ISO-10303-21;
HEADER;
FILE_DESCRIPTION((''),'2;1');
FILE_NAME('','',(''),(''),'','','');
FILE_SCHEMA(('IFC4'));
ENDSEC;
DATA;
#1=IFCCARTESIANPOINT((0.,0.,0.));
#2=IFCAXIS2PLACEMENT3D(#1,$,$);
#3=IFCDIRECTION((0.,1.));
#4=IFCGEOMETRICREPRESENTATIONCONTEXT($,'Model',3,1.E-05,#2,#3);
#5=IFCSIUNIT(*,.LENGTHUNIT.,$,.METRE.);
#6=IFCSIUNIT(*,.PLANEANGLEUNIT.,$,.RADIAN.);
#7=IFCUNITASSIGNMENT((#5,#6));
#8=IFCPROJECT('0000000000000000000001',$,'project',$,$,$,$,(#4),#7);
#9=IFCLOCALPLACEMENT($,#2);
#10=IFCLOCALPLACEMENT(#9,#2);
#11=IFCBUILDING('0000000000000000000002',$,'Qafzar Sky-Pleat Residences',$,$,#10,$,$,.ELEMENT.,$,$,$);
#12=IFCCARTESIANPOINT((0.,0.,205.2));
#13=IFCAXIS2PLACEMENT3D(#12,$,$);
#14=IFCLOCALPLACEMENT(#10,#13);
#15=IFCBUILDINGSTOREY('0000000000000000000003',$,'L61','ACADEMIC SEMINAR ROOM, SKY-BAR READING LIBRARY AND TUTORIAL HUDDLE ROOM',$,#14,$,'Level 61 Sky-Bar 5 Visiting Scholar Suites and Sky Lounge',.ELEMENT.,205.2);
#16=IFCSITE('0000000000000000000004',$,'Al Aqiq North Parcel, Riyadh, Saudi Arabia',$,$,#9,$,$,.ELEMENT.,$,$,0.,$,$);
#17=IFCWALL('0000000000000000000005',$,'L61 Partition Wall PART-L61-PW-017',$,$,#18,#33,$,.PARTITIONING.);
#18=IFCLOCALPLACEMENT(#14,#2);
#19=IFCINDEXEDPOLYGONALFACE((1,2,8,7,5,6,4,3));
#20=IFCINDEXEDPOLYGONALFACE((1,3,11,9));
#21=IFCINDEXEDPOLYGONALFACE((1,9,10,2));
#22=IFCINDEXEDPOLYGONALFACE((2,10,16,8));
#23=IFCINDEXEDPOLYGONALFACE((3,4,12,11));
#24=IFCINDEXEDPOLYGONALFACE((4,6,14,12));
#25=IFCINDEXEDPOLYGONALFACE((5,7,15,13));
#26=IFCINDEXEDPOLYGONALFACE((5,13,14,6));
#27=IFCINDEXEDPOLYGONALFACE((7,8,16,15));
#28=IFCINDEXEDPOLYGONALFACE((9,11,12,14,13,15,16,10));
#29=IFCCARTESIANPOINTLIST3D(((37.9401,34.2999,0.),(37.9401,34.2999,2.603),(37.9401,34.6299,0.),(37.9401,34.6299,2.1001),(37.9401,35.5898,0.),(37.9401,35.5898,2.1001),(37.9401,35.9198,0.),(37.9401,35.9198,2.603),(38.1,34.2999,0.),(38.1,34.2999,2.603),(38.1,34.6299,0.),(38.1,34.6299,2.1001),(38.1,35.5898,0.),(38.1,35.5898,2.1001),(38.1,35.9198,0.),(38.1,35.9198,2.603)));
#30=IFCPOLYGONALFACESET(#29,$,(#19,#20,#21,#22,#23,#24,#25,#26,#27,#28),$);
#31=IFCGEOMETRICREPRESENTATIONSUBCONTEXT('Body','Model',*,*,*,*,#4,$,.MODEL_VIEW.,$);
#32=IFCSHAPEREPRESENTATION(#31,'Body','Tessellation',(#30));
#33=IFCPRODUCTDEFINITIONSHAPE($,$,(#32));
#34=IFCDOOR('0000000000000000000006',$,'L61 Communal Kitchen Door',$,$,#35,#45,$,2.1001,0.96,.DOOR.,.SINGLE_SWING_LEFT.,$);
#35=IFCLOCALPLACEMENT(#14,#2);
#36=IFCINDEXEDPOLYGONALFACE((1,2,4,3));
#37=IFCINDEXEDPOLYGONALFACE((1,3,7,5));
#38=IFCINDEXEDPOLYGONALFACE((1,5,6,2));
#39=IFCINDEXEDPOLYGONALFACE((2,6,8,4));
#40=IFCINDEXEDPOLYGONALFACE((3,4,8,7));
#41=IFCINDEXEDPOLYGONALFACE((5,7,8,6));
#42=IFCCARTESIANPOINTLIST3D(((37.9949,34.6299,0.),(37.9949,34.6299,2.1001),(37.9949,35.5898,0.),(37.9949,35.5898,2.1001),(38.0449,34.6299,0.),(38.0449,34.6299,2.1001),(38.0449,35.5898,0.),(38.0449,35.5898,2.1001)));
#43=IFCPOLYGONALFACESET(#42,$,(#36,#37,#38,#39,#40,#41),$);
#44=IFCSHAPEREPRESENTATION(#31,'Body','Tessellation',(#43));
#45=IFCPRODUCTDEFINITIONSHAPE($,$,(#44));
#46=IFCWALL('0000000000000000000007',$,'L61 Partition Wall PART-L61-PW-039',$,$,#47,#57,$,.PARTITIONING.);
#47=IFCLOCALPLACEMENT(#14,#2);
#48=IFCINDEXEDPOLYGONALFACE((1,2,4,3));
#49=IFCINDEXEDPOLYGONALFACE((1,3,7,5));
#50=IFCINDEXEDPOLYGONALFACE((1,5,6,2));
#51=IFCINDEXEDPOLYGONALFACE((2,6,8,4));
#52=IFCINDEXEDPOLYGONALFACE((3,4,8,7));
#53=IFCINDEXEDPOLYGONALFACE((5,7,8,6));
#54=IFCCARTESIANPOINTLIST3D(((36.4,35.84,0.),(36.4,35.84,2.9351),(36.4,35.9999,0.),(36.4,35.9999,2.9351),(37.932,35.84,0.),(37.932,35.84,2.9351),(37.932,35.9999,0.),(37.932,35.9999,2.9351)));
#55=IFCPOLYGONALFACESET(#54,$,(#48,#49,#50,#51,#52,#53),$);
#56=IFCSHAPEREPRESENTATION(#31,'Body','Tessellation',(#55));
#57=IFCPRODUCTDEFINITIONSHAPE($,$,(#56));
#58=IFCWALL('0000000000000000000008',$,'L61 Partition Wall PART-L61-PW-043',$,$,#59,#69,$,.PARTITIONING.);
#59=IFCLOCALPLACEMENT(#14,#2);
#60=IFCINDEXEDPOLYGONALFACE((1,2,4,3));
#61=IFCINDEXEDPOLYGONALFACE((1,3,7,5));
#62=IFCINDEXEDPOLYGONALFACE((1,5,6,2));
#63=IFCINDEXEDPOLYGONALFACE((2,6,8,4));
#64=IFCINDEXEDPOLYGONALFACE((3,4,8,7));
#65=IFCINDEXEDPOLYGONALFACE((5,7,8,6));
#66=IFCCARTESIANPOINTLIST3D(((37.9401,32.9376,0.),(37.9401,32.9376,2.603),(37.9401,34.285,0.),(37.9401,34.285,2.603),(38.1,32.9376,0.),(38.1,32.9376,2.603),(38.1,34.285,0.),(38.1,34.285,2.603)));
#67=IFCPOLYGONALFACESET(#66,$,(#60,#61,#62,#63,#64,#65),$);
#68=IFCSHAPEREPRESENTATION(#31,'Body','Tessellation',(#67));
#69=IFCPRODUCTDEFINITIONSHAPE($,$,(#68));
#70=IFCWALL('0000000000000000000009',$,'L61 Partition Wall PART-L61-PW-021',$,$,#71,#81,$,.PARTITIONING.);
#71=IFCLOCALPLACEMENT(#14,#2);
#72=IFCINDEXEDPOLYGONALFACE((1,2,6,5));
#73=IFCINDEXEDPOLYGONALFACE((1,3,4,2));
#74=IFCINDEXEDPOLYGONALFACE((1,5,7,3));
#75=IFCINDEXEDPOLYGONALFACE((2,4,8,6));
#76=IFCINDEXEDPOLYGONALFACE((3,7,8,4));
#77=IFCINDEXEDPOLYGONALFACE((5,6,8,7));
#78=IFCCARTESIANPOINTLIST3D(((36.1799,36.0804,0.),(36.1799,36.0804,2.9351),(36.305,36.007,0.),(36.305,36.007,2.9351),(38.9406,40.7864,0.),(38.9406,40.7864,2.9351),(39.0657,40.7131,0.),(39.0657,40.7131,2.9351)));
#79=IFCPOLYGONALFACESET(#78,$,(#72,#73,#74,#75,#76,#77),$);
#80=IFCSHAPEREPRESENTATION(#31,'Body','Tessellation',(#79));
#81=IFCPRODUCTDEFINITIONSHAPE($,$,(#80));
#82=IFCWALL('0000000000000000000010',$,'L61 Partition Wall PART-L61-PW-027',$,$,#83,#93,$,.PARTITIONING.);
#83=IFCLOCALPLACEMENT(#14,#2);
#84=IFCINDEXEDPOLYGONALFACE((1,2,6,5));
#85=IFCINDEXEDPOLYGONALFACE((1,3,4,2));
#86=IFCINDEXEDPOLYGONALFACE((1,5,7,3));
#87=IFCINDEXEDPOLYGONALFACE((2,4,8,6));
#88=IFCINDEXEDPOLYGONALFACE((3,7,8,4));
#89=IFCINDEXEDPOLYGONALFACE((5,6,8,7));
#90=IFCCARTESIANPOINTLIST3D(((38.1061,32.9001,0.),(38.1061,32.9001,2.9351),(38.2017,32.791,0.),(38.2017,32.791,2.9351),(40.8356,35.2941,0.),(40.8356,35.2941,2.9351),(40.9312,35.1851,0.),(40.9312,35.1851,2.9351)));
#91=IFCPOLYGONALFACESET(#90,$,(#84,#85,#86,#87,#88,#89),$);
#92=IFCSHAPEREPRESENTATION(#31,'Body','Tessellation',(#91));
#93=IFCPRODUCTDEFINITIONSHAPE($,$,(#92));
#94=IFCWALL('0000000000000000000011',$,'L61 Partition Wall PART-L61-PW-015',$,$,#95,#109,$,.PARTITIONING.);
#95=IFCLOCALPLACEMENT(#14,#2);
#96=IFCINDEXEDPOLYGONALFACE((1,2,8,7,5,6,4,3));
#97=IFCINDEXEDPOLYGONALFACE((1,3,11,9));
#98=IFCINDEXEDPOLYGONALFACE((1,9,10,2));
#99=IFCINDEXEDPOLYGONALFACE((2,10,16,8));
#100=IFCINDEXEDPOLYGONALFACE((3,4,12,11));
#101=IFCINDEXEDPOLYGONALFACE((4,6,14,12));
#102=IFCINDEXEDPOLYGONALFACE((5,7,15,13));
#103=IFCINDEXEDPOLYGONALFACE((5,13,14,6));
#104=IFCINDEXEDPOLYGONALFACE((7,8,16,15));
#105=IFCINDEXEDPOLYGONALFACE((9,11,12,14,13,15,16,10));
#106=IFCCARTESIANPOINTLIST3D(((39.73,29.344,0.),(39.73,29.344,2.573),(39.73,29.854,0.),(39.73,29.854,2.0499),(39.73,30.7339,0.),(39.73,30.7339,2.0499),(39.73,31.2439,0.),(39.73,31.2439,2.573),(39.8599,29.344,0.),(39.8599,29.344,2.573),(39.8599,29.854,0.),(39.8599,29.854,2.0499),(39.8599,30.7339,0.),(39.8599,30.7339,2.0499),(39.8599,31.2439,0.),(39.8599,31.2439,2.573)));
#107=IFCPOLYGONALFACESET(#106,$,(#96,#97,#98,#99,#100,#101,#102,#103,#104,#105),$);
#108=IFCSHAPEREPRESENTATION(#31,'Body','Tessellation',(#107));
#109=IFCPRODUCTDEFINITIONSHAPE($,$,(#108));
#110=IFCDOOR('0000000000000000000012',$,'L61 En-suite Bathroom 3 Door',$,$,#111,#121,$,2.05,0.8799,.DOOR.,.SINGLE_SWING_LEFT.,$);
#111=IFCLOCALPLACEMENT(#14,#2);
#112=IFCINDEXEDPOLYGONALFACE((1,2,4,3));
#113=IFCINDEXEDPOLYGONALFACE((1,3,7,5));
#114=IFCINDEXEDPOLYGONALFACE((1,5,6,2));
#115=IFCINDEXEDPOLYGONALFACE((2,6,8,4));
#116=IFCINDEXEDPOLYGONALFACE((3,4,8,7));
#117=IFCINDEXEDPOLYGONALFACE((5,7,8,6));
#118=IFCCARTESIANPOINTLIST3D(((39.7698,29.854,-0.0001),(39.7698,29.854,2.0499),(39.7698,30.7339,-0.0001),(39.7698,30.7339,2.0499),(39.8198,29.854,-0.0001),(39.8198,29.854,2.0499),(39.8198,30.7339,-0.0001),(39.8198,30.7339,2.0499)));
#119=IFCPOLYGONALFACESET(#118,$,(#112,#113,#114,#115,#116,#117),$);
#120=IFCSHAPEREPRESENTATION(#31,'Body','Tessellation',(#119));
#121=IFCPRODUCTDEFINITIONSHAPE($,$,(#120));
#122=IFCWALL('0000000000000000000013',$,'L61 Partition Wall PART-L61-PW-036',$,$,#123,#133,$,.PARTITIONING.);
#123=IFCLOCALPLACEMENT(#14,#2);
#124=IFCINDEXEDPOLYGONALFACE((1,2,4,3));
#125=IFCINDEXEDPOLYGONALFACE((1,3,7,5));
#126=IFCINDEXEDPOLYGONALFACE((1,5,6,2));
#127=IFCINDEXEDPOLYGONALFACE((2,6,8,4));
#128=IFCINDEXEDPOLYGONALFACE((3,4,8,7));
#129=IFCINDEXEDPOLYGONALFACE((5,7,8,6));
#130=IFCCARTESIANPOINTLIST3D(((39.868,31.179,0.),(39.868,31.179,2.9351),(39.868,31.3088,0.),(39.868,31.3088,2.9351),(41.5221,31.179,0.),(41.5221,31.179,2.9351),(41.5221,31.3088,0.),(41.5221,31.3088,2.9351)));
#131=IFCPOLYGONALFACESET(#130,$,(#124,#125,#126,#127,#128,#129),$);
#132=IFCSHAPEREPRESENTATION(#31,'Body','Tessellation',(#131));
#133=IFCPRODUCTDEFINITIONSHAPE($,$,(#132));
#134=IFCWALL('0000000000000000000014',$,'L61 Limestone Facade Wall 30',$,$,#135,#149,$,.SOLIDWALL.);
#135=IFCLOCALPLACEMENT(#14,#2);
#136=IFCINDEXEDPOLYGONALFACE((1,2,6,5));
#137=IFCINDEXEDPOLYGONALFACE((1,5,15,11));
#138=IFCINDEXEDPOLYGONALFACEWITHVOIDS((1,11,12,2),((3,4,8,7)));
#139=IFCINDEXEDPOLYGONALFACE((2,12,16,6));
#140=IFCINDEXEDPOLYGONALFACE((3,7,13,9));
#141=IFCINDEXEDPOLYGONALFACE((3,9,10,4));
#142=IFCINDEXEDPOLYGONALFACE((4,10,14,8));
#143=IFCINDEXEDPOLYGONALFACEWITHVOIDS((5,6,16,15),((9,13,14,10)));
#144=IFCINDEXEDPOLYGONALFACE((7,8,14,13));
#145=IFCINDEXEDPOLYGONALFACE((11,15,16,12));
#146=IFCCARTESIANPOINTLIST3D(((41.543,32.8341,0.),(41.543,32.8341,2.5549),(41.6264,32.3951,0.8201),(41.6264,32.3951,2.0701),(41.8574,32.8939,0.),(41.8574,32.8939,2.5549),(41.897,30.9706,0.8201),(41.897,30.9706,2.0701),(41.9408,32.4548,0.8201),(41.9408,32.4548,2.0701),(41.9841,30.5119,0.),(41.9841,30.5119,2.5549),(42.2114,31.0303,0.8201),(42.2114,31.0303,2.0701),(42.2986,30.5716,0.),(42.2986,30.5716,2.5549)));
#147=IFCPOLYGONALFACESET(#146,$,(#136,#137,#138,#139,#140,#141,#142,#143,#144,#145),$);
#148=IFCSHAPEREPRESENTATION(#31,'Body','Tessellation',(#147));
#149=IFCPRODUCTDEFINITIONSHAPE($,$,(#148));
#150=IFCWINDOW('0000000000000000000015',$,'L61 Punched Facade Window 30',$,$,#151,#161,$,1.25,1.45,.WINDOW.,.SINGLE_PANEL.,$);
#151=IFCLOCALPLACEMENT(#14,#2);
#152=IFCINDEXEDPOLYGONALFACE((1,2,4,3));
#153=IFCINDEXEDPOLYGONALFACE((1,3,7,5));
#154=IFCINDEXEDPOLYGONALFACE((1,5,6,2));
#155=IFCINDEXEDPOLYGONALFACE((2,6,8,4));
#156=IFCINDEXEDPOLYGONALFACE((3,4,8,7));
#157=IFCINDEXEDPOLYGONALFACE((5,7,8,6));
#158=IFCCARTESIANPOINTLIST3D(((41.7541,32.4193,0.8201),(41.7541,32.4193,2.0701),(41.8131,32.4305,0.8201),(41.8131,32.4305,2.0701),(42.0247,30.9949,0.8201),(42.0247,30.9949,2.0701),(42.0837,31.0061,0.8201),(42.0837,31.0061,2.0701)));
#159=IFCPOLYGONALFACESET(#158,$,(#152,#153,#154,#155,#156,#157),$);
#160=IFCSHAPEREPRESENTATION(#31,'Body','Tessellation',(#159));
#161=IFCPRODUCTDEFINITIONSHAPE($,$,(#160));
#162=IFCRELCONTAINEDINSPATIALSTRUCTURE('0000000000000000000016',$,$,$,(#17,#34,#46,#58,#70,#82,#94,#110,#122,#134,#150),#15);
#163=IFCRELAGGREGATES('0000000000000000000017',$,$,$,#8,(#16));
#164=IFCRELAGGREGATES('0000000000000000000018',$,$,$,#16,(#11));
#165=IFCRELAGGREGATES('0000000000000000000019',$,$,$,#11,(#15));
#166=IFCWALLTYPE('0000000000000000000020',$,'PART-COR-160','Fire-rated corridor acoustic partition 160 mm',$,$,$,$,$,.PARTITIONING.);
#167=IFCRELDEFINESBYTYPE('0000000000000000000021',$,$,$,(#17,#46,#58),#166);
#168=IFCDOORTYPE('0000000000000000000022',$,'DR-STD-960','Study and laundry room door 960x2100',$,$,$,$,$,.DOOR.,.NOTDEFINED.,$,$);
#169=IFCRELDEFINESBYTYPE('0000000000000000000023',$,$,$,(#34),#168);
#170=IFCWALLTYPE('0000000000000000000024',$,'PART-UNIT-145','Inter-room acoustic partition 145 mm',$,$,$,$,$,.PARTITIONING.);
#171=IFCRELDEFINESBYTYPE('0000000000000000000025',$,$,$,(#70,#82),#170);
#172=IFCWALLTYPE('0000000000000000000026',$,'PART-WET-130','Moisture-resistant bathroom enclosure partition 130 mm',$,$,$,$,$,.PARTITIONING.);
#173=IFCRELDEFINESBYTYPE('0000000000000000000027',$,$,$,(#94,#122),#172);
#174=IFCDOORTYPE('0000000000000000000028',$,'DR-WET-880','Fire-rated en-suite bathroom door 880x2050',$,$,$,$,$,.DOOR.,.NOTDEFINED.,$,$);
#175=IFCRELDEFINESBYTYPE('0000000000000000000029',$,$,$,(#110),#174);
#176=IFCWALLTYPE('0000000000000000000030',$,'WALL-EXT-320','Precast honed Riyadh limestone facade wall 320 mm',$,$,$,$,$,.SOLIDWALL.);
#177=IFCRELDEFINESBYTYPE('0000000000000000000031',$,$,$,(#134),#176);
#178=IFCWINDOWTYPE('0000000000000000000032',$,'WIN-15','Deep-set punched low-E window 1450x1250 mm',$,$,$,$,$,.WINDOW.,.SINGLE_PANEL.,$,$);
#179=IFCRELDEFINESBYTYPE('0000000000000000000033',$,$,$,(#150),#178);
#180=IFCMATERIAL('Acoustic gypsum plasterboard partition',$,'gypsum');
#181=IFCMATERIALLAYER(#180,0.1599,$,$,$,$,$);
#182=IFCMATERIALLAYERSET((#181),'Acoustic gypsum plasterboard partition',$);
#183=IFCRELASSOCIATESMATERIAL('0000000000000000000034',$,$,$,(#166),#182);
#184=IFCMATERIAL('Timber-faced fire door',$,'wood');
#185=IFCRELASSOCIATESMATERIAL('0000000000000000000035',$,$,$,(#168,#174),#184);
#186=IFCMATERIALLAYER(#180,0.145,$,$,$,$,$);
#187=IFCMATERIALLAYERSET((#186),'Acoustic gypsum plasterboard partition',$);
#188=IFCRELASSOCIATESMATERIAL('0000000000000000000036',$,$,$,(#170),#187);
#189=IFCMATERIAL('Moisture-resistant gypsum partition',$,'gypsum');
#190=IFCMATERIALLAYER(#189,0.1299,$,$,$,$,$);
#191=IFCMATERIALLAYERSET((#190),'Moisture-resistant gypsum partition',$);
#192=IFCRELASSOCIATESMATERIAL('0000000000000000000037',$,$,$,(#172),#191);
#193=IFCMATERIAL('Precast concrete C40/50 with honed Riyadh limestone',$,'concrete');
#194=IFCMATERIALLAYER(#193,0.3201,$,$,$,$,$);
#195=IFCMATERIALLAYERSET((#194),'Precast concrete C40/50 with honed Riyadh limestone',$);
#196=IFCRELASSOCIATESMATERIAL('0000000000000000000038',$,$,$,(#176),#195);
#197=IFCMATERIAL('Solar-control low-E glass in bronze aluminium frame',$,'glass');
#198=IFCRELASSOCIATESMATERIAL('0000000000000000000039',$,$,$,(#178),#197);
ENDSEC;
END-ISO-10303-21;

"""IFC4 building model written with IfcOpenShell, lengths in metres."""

from ifc_helpers import new_model, si_unit, direction, frame, frame_2d, origin, place, context, subcontext, project, spatial, rectangle, extrude, source, transform, mapped, material, layer, layer_set, type_object, element, fill, save


model = new_model("IFC4")

# Units and contexts
model_context = context("Model", 3, precision=1e-05, world=origin(), true_north=direction((0.0, 1.0)))
body_context = subcontext(model_context, "Body", "Model", "MODEL_VIEW")
ifc_project = project(units=[si_unit("LENGTHUNIT", "METRE"), si_unit("PLANEANGLEUNIT", "RADIAN")], contexts=[model_context])

# Site, building, storey
site_placement = place(None, origin())
site = spatial("IfcSite", under=ifc_project, at=site_placement, Name="Al Aqiq North Parcel, Riyadh, Saudi Arabia", CompositionType="ELEMENT", RefElevation=0.0)
building_placement = place(site_placement, origin())
building = spatial("IfcBuilding", under=site, at=building_placement, Name="Qafzar Sky-Pleat Residences", CompositionType="ELEMENT")
storey_placement = place(building_placement, frame((0.0, 0.0, 205.2)))
storey = spatial("IfcBuildingStorey", under=building, at=storey_placement, Name="L61", Description="ACADEMIC SEMINAR ROOM, SKY-BAR READING LIBRARY AND TUTORIAL HUDDLE ROOM", LongName="Level 61 Sky-Bar 5 Visiting Scholar Suites and Sky Lounge", CompositionType="ELEMENT", Elevation=205.2)

# Wall, opening, door
ifc_material_1 = material(Name="Acoustic gypsum plasterboard partition", Category="gypsum")
ifc_layer_1 = layer(ifc_material_1, 0.1599)
ifc_layer_set_1 = layer_set([ifc_layer_1], Name="Acoustic gypsum plasterboard partition")
wall_type_1 = type_object("IfcWallType", Name="PART-COR-160", Description="Fire-rated corridor acoustic partition 160 mm", PredefinedType="PARTITIONING", material=ifc_layer_set_1)
ifc_material_2 = material(Name="Timber-faced fire door", Category="wood")
wall_1_placement = place(storey_placement, frame((38.02, 35.9199, 0.0), z_axis=(0.0, 0.0, 1.0), x_axis=(0.0, -1.0, 0.0)))
wall_1 = element("IfcWall", 1, at=wall_1_placement, inside=storey, type_object=wall_type_1, Name="L61 Partition Wall PART-L61-PW-017", PredefinedType="PARTITIONING", context=body_context, shape_type="SweptSolid", body=[
    extrude(rectangle(XDim=1.6199, YDim=0.1599, at=frame_2d((0.8101, 0.0))), origin(), (0.0, 0.0, 1.0), 2.603),
])
opening_1_placement = place(wall_1_placement, frame((0.3301, 0.0, 0.0)))
opening_1 = element("IfcOpeningElement", 2, at=opening_1_placement, cuts=wall_1, PredefinedType="OPENING", context=body_context, shape_type="SweptSolid", body=[
    extrude(rectangle(XDim=0.96, YDim=2.1001, at=frame_2d((0.48, 1.05))), frame((0.0, 0.0898, 0.0), z_axis=(0.0, -1.0, 0.0), x_axis=(1.0, 0.0, 0.0)), (0.0, 0.0, 1.0), 0.1799),
])
door_type_1 = type_object("IfcDoorType", Name="DR-STD-960", Description="Study and laundry room door 960x2100", OperationType="NOTDEFINED", PredefinedType="DOOR", material=ifc_material_2)
shared_shape_1 = source(origin(), body_context, "Body", "SweptSolid", [
    extrude(rectangle(XDim=0.96, YDim=2.1001, at=frame_2d((0.48, 1.05))), frame((0.0, 0.0249, 0.0), z_axis=(0.0, -1.0, 0.0), x_axis=(1.0, 0.0, 0.0)), (0.0, 0.0, 1.0), 0.05),
])
door_1_placement = place(opening_1_placement, origin())
door_1 = element("IfcDoor", 3, at=door_1_placement, inside=storey, type_object=door_type_1, Name="L61 Communal Kitchen Door", OperationType="SINGLE_SWING_LEFT", OverallHeight=2.1001, OverallWidth=0.96, PredefinedType="DOOR", context=body_context, shape_type="MappedRepresentation", body=[
    mapped(shared_shape_1, transform((0.0, 0.0, 0.0), x_axis=(1.0, 0.0, 0.0), y_axis=(0.0, 1.0, 0.0), z_axis=(0.0, 0.0, 1.0), scale=1.0)),
])
fill(opening_1, door_1)

# Walls
wall_2_placement = place(storey_placement, frame((36.3999, 35.9199, 0.0), z_axis=(0.0, 0.0, 1.0), x_axis=(1.0, 0.0, 0.0)))
element("IfcWall", 4, at=wall_2_placement, inside=storey, type_object=wall_type_1, Name="L61 Partition Wall PART-L61-PW-039", PredefinedType="PARTITIONING", context=body_context, shape_type="SweptSolid", body=[
    extrude(rectangle(XDim=1.532, YDim=0.1599, at=frame_2d((0.7661, 0.0))), origin(), (0.0, 0.0, 1.0), 2.9351),
])
wall_3_placement = place(storey_placement, frame((38.02, 32.9375, 0.0), z_axis=(0.0, 0.0, 1.0), x_axis=(0.0, 1.0, 0.0)))
element("IfcWall", 5, at=wall_3_placement, inside=storey, type_object=wall_type_1, Name="L61 Partition Wall PART-L61-PW-043", PredefinedType="PARTITIONING", context=body_context, shape_type="SweptSolid", body=[
    extrude(rectangle(XDim=1.3474, YDim=0.1599, at=frame_2d((0.6738, 0.0))), origin(), (0.0, 0.0, 1.0), 2.603),
])
ifc_layer_2 = layer(ifc_material_1, 0.145)
ifc_layer_set_2 = layer_set([ifc_layer_2], Name="Acoustic gypsum plasterboard partition")
wall_type_2 = type_object("IfcWallType", Name="PART-UNIT-145", Description="Inter-room acoustic partition 145 mm", PredefinedType="PARTITIONING", material=ifc_layer_set_2)
wall_4_placement = place(storey_placement, frame((36.2424, 36.0437, 0.0), z_axis=(0.0, 0.0, 1.0), x_axis=(0.505995, 0.862536, 0.0)))
element("IfcWall", 6, at=wall_4_placement, inside=storey, type_object=wall_type_2, Name="L61 Partition Wall PART-L61-PW-021", PredefinedType="PARTITIONING", context=body_context, shape_type="SweptSolid", body=[
    extrude(rectangle(XDim=5.4561, YDim=0.145, at=frame_2d((2.728, 0.0))), origin(), (0.0, 0.0, 1.0), 2.9351),
])
wall_5_placement = place(storey_placement, frame((38.1538, 32.8455, 0.0), z_axis=(0.0, 0.0, 1.0), x_axis=(0.751793, 0.659399, 0.0)))
element("IfcWall", 7, at=wall_5_placement, inside=storey, type_object=wall_type_2, Name="L61 Partition Wall PART-L61-PW-027", PredefinedType="PARTITIONING", context=body_context, shape_type="SweptSolid", body=[
    extrude(rectangle(XDim=3.6306, YDim=0.145, at=frame_2d((1.8154, 0.0))), origin(), (0.0, 0.0, 1.0), 2.9351),
])

# Wall, opening, door
ifc_material_3 = material(Name="Moisture-resistant gypsum partition", Category="gypsum")
ifc_layer_3 = layer(ifc_material_3, 0.1299)
ifc_layer_set_3 = layer_set([ifc_layer_3], Name="Moisture-resistant gypsum partition")
wall_type_3 = type_object("IfcWallType", Name="PART-WET-130", Description="Moisture-resistant bathroom enclosure partition 130 mm", PredefinedType="PARTITIONING", material=ifc_layer_set_3)
wall_6_placement = place(storey_placement, frame((39.7949, 31.2439, 0.0), z_axis=(0.0, 0.0, 1.0), x_axis=(0.0, -1.0, 0.0)))
wall_6 = element("IfcWall", 8, at=wall_6_placement, inside=storey, type_object=wall_type_3, Name="L61 Partition Wall PART-L61-PW-015", PredefinedType="PARTITIONING", context=body_context, shape_type="SweptSolid", body=[
    extrude(rectangle(XDim=1.8999, YDim=0.1299, at=frame_2d((0.95, 0.0))), origin(), (0.0, 0.0, 1.0), 2.573),
])
opening_2_placement = place(wall_6_placement, frame((0.51, 0.0, 0.0)))
opening_2 = element("IfcOpeningElement", 9, at=opening_2_placement, cuts=wall_6, PredefinedType="OPENING", context=body_context, shape_type="SweptSolid", body=[
    extrude(rectangle(XDim=0.8799, YDim=2.05, at=frame_2d((0.4399, 1.0249))), frame((0.0, 0.075, 0.0), z_axis=(0.0, -1.0, 0.0), x_axis=(1.0, 0.0, 0.0)), (0.0, 0.0, 1.0), 0.1499),
])
door_type_2 = type_object("IfcDoorType", Name="DR-WET-880", Description="Fire-rated en-suite bathroom door 880x2050", OperationType="NOTDEFINED", PredefinedType="DOOR", material=ifc_material_2)
shared_shape_2 = source(origin(), body_context, "Body", "SweptSolid", [
    extrude(rectangle(XDim=0.8799, YDim=2.05, at=frame_2d((0.4399, 1.0249))), frame((0.0, 0.0249, 0.0), z_axis=(0.0, -1.0, 0.0), x_axis=(1.0, 0.0, 0.0)), (0.0, 0.0, 1.0), 0.05),
])
door_2_placement = place(opening_2_placement, origin())
door_2 = element("IfcDoor", 10, at=door_2_placement, inside=storey, type_object=door_type_2, Name="L61 En-suite Bathroom 3 Door", OperationType="SINGLE_SWING_LEFT", OverallHeight=2.05, OverallWidth=0.8799, PredefinedType="DOOR", context=body_context, shape_type="MappedRepresentation", body=[
    mapped(shared_shape_2, transform((0.0, 0.0, 0.0), x_axis=(1.0, 0.0, 0.0), y_axis=(0.0, 1.0, 0.0), z_axis=(0.0, 0.0, 1.0), scale=1.0)),
])
fill(opening_2, door_2)

# Wall
wall_7_placement = place(storey_placement, frame((39.8679, 31.2439, 0.0), z_axis=(0.0, 0.0, 1.0), x_axis=(1.0, 0.0, 0.0)))
element("IfcWall", 11, at=wall_7_placement, inside=storey, type_object=wall_type_3, Name="L61 Partition Wall PART-L61-PW-036", PredefinedType="PARTITIONING", context=body_context, shape_type="SweptSolid", body=[
    extrude(rectangle(XDim=1.6541, YDim=0.1299, at=frame_2d((0.8271, 0.0))), origin(), (0.0, 0.0, 1.0), 2.9351),
])

# Wall, opening, window
ifc_material_4 = material(Name="Precast concrete C40/50 with honed Riyadh limestone", Category="concrete")
ifc_layer_4 = layer(ifc_material_4, 0.3201)
ifc_layer_set_4 = layer_set([ifc_layer_4], Name="Precast concrete C40/50 with honed Riyadh limestone")
wall_type_4 = type_object("IfcWallType", Name="WALL-EXT-320", Description="Precast honed Riyadh limestone facade wall 320 mm", PredefinedType="SOLIDWALL", material=ifc_layer_set_4)
wall_8_placement = place(storey_placement, frame((42.1414, 30.5417, 0.0), z_axis=(0.0, 0.0, 1.0), x_axis=(-0.186633, 0.98243, 0.0)))
wall_8 = element("IfcWall", 12, at=wall_8_placement, inside=storey, type_object=wall_type_4, Name="L61 Limestone Facade Wall 30", PredefinedType="SOLIDWALL", context=body_context, shape_type="SweptSolid", body=[
    extrude(rectangle(XDim=2.3638, YDim=0.3201, at=frame_2d((1.1819, 0.0))), origin(), (0.0, 0.0, 1.0), 2.5549),
])
opening_3_placement = place(wall_8_placement, frame((0.4668, 0.0, 0.8201)))
opening_3 = element("IfcOpeningElement", 13, at=opening_3_placement, cuts=wall_8, PredefinedType="OPENING", context=body_context, shape_type="SweptSolid", body=[
    extrude(rectangle(XDim=1.45, YDim=1.25, at=frame_2d((0.7251, 0.625))), frame((0.0, 0.1699, 0.0), z_axis=(0.0, -1.0, 0.0), x_axis=(1.0, 0.0, 0.0)), (0.0, 0.0, 1.0), 0.3401),
])
ifc_material_5 = material(Name="Solar-control low-E glass in bronze aluminium frame", Category="glass")
window_type_1 = type_object("IfcWindowType", Name="WIN-15", Description="Deep-set punched low-E window 1450x1250 mm", PartitioningType="SINGLE_PANEL", PredefinedType="WINDOW", material=ifc_material_5)
shared_shape_3 = source(origin(), body_context, "Body", "SweptSolid", [
    extrude(rectangle(XDim=1.45, YDim=1.25, at=frame_2d((0.7251, 0.625))), frame((0.0, 0.03, 0.0), z_axis=(0.0, -1.0, 0.0), x_axis=(1.0, 0.0, 0.0)), (0.0, 0.0, 1.0), 0.0601),
])
window_1_placement = place(opening_3_placement, origin())
window_1 = element("IfcWindow", 14, at=window_1_placement, inside=storey, type_object=window_type_1, Name="L61 Punched Facade Window 30", OverallHeight=1.25, OverallWidth=1.45, PartitioningType="SINGLE_PANEL", PredefinedType="WINDOW", context=body_context, shape_type="MappedRepresentation", body=[
    mapped(shared_shape_3, transform((0.0, 0.0, 0.0), x_axis=(1.0, 0.0, 0.0), y_axis=(0.0, 1.0, 0.0), z_axis=(0.0, 0.0, 1.0), scale=1.0)),
])
fill(opening_3, window_1)

save(model, "model.ifc")
